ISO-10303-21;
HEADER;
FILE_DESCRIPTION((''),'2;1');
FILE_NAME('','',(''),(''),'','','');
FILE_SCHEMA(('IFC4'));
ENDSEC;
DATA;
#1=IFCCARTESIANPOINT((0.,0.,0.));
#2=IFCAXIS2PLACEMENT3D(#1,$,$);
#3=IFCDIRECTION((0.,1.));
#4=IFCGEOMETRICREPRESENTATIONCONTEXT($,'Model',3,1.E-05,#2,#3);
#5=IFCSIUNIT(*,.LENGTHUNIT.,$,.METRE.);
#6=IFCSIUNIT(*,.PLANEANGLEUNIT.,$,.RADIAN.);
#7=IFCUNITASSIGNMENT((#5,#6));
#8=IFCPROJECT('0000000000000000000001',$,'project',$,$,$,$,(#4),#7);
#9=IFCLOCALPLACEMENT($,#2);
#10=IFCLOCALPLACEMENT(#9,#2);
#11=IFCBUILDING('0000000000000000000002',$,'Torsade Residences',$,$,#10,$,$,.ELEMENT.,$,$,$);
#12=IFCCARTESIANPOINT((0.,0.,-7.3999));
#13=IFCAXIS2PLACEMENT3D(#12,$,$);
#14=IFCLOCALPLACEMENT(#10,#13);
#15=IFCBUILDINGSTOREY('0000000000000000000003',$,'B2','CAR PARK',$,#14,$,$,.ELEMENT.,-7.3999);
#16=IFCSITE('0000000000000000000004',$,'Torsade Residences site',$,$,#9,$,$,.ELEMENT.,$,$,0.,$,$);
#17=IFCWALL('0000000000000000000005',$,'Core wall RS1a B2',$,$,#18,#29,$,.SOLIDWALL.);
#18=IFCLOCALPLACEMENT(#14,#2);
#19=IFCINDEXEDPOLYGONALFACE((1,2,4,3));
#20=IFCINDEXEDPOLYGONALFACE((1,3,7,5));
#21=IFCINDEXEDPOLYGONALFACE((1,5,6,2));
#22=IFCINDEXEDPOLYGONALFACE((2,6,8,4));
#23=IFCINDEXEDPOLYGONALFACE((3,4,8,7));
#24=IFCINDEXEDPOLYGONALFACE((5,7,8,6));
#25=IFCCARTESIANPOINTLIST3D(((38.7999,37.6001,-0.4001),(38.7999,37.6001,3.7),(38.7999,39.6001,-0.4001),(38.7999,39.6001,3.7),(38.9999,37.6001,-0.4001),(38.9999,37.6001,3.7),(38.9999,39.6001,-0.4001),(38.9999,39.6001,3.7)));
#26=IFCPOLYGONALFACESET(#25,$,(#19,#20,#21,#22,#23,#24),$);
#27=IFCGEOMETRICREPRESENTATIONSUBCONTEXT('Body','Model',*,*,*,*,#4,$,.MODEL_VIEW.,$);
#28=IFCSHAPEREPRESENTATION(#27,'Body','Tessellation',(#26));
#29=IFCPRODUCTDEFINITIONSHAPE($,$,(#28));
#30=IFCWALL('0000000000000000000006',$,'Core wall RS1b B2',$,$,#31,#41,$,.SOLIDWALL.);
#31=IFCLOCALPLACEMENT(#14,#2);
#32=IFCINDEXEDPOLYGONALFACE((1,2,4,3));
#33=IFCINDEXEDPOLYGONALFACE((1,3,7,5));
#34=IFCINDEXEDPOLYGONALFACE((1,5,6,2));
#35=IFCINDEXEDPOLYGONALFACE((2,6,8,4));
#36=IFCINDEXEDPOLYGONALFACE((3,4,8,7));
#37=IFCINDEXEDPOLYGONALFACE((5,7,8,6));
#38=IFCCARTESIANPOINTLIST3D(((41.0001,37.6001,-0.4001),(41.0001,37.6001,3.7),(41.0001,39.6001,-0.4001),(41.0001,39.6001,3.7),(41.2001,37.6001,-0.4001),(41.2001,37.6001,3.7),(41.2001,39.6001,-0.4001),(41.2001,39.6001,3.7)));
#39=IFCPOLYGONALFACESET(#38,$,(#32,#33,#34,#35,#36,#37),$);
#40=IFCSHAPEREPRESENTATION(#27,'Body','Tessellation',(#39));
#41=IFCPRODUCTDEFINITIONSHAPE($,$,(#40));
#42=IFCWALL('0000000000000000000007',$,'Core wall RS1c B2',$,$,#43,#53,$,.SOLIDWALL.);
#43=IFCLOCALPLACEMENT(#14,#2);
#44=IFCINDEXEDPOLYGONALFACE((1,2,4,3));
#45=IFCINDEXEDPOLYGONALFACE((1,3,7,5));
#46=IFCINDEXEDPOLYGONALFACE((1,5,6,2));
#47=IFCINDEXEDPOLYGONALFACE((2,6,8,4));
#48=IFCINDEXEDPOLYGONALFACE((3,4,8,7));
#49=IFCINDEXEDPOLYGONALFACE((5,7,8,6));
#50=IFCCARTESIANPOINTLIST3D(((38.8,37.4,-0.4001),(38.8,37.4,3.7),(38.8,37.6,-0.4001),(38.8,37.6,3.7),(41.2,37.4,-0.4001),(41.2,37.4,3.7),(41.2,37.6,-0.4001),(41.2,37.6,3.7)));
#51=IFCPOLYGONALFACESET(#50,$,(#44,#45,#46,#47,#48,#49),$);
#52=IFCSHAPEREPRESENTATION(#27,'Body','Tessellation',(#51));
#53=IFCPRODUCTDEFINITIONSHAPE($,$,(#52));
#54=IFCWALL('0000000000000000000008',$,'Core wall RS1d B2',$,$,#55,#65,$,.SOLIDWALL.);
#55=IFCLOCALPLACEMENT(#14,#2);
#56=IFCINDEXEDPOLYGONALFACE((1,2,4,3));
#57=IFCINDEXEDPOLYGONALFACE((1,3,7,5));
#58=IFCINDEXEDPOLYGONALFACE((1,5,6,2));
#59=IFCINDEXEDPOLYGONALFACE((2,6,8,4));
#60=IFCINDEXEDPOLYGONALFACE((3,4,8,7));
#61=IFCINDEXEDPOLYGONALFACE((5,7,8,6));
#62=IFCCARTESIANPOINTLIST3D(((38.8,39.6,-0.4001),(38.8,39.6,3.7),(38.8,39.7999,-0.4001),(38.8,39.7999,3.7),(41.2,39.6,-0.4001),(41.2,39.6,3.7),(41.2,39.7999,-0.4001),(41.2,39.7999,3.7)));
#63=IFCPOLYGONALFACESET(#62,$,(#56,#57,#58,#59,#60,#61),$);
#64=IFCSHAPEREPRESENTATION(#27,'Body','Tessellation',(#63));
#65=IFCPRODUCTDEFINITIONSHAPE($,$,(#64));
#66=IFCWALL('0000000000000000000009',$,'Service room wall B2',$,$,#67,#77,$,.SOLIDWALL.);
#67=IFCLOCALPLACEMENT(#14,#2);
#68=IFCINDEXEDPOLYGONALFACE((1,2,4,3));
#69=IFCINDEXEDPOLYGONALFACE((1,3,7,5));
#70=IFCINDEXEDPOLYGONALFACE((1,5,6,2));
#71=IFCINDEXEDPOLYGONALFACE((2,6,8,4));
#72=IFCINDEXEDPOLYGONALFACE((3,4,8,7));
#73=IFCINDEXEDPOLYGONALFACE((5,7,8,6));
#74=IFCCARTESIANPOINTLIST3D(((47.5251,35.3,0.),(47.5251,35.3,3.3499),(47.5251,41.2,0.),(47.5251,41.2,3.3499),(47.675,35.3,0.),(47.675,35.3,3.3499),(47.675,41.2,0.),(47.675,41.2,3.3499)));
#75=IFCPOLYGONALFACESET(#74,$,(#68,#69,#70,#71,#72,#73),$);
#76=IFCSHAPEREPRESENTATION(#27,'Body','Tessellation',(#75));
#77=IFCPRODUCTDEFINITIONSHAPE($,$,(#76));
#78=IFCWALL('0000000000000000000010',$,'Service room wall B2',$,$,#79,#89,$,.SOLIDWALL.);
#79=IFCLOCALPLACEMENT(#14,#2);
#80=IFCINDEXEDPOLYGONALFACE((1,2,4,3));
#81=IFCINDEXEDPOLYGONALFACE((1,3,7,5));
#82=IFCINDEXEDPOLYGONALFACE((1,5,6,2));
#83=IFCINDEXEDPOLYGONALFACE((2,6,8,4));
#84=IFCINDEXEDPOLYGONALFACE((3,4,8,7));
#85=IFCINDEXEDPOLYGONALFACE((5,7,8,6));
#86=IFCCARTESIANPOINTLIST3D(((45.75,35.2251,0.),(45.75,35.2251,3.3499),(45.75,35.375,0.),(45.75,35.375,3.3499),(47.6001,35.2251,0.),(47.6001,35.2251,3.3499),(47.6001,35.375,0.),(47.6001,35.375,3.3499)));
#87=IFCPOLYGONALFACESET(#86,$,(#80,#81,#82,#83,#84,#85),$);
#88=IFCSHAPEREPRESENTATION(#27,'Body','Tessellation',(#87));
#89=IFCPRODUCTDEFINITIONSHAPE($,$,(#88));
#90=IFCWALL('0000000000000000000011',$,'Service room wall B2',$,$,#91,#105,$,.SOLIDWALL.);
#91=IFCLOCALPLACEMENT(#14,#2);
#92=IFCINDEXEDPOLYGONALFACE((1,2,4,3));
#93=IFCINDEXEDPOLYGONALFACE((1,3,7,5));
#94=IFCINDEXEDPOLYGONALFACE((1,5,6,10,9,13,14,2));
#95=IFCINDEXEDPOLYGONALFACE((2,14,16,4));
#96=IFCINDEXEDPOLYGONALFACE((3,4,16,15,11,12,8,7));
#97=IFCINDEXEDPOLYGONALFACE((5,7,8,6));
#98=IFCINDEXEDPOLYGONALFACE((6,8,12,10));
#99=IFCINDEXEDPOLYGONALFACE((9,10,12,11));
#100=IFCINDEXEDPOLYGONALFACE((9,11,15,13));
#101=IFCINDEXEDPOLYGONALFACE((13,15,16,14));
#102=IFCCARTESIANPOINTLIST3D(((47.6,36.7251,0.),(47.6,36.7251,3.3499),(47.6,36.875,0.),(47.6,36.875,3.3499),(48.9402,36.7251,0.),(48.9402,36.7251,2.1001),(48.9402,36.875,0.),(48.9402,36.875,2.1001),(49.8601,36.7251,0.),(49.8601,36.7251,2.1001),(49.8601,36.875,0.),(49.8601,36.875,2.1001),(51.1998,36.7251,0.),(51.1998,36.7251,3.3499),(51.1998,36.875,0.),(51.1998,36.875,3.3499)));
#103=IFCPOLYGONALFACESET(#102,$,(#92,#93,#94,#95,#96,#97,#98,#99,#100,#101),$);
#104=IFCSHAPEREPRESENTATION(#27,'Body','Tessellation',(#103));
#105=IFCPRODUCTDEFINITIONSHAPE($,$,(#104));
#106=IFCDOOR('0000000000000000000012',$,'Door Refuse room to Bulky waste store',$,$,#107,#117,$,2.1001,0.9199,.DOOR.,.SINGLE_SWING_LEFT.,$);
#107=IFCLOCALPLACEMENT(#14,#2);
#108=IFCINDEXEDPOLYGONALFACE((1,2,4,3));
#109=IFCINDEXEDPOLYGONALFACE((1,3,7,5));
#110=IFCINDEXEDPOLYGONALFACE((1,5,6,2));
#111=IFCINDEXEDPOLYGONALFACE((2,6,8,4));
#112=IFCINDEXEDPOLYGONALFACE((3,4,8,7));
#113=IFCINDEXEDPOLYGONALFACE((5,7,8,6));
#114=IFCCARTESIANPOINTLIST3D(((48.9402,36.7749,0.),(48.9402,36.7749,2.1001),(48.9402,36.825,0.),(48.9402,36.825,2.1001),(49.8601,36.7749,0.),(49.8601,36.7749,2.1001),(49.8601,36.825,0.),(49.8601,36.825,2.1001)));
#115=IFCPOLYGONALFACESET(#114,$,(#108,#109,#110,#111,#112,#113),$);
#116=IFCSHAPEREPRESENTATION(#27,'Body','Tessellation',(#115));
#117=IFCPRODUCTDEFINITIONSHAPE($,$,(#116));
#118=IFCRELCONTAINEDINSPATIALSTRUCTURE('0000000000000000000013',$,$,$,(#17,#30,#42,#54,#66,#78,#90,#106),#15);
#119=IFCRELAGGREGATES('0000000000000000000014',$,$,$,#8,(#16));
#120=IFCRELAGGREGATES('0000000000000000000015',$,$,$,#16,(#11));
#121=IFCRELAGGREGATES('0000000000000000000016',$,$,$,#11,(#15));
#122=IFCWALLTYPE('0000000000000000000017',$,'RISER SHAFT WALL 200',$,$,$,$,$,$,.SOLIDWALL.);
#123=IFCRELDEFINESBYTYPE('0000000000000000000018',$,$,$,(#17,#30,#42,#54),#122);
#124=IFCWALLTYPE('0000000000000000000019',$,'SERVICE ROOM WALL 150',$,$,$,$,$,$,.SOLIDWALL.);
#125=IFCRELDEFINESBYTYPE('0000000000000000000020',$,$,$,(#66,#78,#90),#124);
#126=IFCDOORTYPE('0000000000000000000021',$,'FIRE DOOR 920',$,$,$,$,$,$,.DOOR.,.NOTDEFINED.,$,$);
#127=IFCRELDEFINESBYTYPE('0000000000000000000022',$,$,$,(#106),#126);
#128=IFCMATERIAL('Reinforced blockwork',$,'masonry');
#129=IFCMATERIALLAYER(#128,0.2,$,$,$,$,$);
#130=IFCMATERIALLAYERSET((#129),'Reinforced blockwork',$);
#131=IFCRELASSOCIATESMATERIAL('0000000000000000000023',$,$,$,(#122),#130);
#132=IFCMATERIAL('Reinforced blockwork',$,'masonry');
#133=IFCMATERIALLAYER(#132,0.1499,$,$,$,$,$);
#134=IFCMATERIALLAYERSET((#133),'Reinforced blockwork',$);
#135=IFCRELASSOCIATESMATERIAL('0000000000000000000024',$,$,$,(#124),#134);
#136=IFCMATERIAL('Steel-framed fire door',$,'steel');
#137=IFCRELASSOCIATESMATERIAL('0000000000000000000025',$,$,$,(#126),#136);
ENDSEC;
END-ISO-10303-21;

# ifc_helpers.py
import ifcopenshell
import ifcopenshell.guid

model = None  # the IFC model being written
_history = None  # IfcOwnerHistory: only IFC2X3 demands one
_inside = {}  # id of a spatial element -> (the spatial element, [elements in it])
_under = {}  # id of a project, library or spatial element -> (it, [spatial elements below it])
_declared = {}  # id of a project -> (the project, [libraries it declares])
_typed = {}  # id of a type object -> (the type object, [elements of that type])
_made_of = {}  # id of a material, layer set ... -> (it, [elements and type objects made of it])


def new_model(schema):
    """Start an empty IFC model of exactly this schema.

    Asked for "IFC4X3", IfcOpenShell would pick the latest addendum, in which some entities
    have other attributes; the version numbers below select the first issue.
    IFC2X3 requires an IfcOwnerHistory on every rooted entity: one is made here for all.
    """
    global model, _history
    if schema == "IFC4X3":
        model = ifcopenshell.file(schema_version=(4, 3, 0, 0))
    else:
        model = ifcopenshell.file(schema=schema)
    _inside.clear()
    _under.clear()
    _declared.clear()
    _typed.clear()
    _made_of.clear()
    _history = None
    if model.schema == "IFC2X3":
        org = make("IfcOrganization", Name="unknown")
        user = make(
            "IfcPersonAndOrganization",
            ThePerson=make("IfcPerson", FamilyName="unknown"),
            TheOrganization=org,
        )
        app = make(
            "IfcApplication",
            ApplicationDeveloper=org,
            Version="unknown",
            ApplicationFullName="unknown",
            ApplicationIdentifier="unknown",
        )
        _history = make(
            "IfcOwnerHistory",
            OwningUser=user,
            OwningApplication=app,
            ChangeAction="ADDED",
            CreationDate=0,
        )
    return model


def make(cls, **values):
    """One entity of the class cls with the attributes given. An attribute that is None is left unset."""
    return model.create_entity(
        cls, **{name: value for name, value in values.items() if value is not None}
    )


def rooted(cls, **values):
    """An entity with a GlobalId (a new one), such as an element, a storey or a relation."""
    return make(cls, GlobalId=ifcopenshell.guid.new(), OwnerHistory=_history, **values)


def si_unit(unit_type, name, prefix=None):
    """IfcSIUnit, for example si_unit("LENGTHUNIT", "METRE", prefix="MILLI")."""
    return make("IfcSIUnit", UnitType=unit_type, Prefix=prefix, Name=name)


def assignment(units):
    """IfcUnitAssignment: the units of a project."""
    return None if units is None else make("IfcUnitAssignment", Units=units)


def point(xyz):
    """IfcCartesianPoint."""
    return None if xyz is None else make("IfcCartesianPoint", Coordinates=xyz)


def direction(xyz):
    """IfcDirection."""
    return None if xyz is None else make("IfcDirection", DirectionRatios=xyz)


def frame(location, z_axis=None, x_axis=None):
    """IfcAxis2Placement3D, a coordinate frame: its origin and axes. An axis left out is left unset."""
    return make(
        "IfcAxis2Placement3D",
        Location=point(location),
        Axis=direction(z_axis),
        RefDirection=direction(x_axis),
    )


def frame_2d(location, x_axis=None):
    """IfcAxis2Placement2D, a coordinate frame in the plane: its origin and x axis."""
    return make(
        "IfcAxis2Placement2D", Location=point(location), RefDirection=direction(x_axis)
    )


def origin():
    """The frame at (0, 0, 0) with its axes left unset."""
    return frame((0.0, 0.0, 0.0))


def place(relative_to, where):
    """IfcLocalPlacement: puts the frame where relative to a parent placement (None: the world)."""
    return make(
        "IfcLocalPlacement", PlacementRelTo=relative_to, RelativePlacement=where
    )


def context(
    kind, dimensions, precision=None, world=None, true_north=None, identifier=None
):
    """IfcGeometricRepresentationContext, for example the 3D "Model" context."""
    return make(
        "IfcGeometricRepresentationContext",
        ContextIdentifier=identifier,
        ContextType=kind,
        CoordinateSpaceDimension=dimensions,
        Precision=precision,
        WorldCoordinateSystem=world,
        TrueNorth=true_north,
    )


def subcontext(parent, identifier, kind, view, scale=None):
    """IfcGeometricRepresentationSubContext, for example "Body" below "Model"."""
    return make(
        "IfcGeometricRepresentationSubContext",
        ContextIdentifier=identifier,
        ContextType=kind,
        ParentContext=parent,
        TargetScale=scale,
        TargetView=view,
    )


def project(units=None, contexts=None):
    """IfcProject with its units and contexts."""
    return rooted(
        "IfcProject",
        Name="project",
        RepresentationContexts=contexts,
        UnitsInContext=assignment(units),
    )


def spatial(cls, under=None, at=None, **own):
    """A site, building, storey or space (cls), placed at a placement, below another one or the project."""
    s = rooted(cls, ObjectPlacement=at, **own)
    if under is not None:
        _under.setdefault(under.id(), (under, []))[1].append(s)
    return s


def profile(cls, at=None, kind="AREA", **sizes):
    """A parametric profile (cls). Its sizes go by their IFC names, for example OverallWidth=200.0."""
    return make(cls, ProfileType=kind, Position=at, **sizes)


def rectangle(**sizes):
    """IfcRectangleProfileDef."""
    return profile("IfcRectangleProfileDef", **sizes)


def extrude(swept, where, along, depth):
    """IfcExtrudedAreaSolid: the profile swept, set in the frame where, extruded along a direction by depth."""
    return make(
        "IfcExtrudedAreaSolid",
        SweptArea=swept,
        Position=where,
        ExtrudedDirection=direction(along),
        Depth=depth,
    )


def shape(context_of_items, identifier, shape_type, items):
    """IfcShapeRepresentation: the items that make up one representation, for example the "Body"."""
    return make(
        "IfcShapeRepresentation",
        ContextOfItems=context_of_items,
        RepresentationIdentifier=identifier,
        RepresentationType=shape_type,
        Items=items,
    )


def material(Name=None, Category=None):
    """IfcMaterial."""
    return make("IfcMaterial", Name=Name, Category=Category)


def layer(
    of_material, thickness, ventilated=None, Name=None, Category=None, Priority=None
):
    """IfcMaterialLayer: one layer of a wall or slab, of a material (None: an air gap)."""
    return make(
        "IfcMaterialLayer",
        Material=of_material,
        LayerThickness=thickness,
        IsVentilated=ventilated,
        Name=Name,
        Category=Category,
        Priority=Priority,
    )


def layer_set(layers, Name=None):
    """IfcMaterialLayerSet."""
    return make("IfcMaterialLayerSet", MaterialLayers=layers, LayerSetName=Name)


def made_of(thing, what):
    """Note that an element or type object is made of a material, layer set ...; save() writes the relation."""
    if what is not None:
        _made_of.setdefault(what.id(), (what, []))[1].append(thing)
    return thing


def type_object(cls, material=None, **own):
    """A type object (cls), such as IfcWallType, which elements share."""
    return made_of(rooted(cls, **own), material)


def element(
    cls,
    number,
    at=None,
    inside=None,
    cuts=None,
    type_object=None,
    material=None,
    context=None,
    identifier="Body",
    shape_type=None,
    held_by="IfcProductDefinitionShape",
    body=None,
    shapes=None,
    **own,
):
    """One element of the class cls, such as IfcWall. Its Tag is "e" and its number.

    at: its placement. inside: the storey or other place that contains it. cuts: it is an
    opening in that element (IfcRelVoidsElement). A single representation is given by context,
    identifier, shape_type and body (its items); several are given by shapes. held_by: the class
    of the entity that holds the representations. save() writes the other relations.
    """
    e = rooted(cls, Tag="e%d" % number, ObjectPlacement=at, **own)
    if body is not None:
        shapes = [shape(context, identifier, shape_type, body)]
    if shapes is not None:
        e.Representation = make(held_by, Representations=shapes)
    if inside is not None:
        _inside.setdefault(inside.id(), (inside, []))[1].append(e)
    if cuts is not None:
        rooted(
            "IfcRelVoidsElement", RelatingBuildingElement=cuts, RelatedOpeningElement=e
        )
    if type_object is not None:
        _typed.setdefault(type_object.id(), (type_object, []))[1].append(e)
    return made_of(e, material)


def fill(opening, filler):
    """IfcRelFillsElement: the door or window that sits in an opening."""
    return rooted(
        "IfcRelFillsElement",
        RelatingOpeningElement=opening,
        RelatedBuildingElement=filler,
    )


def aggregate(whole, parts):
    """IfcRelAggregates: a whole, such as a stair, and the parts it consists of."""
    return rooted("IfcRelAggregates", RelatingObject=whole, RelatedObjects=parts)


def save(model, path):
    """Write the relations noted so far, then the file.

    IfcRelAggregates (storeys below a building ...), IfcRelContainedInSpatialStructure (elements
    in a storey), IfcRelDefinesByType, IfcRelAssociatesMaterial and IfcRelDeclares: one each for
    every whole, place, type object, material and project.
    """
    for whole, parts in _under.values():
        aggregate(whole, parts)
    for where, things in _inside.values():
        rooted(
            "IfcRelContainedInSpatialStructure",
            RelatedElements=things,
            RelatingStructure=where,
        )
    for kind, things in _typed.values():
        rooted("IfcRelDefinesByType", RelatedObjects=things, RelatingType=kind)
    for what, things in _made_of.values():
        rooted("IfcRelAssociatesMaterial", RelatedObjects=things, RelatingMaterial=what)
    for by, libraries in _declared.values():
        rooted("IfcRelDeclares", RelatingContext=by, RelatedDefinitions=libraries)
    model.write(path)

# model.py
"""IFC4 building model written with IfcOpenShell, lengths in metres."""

from ifc_helpers import new_model, si_unit, direction, frame, frame_2d, origin, place, context, subcontext, project, spatial, rectangle, extrude, material, layer, layer_set, type_object, element, fill, save


model = new_model("IFC4")

# Units and contexts
model_context = context("Model", 3, precision=1e-05, world=origin(), true_north=direction((0.0, 1.0)))
body_context = subcontext(model_context, "Body", "Model", "MODEL_VIEW")
ifc_project = project(units=[si_unit("LENGTHUNIT", "METRE"), si_unit("PLANEANGLEUNIT", "RADIAN")], contexts=[model_context])

# Site, building, storey
site_placement = place(None, origin())
site = spatial("IfcSite", under=ifc_project, at=site_placement, Name="Torsade Residences site", CompositionType="ELEMENT", RefElevation=0.0)
building_placement = place(site_placement, origin())
building = spatial("IfcBuilding", under=site, at=building_placement, Name="Torsade Residences", CompositionType="ELEMENT")
storey_placement = place(building_placement, frame((0.0, 0.0, -7.3999)))
storey = spatial("IfcBuildingStorey", under=building, at=storey_placement, Name="B2", Description="CAR PARK", CompositionType="ELEMENT", Elevation=-7.3999)

# Walls
ifc_material_1 = material(Name="Reinforced blockwork", Category="masonry")
ifc_layer_1 = layer(ifc_material_1, 0.2)
ifc_layer_set_1 = layer_set([ifc_layer_1], Name="Reinforced blockwork")
wall_type_1 = type_object("IfcWallType", Name="RISER SHAFT WALL 200", PredefinedType="SOLIDWALL", material=ifc_layer_set_1)
for number, where, z_axis, x_axis, name in (
    (1, (38.8999, 37.6001, -0.4001), (0.0, 0.0, 1.0), (0.0, 1.0, 0.0), "Core wall RS1a B2"),
    (2, (41.1001, 37.6001, -0.4001), (0.0, 0.0, 1.0), (0.0, 1.0, 0.0), "Core wall RS1b B2"),
):
    element("IfcWall", number, at=place(storey_placement, frame(where, z_axis=z_axis, x_axis=x_axis)), inside=storey, type_object=wall_type_1, Name=name, PredefinedType="SOLIDWALL", context=body_context, shape_type="SweptSolid", body=[
        extrude(rectangle(XDim=2.0, YDim=0.2, at=frame_2d((1.0, 0.0))), origin(), (0.0, 0.0, 1.0), 4.1001),
    ])
for number, where, z_axis, x_axis, name in (
    (3, (38.8, 37.5, -0.4001), (0.0, 0.0, 1.0), (1.0, 0.0, 0.0), "Core wall RS1c B2"),
    (4, (38.8, 39.7, -0.4001), (0.0, 0.0, 1.0), (1.0, 0.0, 0.0), "Core wall RS1d B2"),
):
    element("IfcWall", number, at=place(storey_placement, frame(where, z_axis=z_axis, x_axis=x_axis)), inside=storey, type_object=wall_type_1, Name=name, PredefinedType="SOLIDWALL", context=body_context, shape_type="SweptSolid", body=[
        extrude(rectangle(XDim=2.3999, YDim=0.2, at=frame_2d((1.2, 0.0))), origin(), (0.0, 0.0, 1.0), 4.1001),
    ])
ifc_material_2 = material(Name="Reinforced blockwork", Category="masonry")
ifc_layer_2 = layer(ifc_material_2, 0.1499)
ifc_layer_set_2 = layer_set([ifc_layer_2], Name="Reinforced blockwork")
wall_type_2 = type_object("IfcWallType", Name="SERVICE ROOM WALL 150", PredefinedType="SOLIDWALL", material=ifc_layer_set_2)
wall_1_placement = place(storey_placement, frame((47.6001, 41.2, 0.0), z_axis=(0.0, 0.0, 1.0), x_axis=(0.0, -1.0, 0.0)))
element("IfcWall", 5, at=wall_1_placement, inside=storey, type_object=wall_type_2, Name="Service room wall B2", PredefinedType="SOLIDWALL", context=body_context, shape_type="SweptSolid", body=[
    extrude(rectangle(XDim=5.8999, YDim=0.1499, at=frame_2d((2.95, 0.0))), origin(), (0.0, 0.0, 1.0), 3.3499),
])
wall_2_placement = place(storey_placement, frame((47.6001, 35.3, 0.0), z_axis=(0.0, 0.0, 1.0), x_axis=(-1.0, 0.0, 0.0)))
element("IfcWall", 6, at=wall_2_placement, inside=storey, type_object=wall_type_2, Name="Service room wall B2", PredefinedType="SOLIDWALL", context=body_context, shape_type="SweptSolid", body=[
    extrude(rectangle(XDim=1.8501, YDim=0.1499, at=frame_2d((0.925, 0.0))), origin(), (0.0, 0.0, 1.0), 3.3499),
])

# Wall, opening, door
wall_3_placement = place(storey_placement, frame((47.6001, 36.8, 0.0), z_axis=(0.0, 0.0, 1.0), x_axis=(1.0, 0.0, 0.0)))
wall_3 = element("IfcWall", 7, at=wall_3_placement, inside=storey, type_object=wall_type_2, Name="Service room wall B2", PredefinedType="SOLIDWALL", context=body_context, shape_type="SweptSolid", body=[
    extrude(rectangle(XDim=3.5999, YDim=0.1499, at=frame_2d((1.7998, 0.0))), origin(), (0.0, 0.0, 1.0), 3.3499),
])
opening_placement = place(wall_3_placement, frame((1.3401, 0.0, 0.0)))
opening = element("IfcOpeningElement", 8, at=opening_placement, cuts=wall_3, PredefinedType="OPENING", context=body_context, shape_type="SweptSolid", body=[
    extrude(rectangle(XDim=0.9199, YDim=2.1001, at=frame_2d((0.46, 1.05))), frame((0.0, 0.085, 0.0), z_axis=(0.0, -1.0, 0.0), x_axis=(1.0, 0.0, 0.0)), (0.0, 0.0, 1.0), 0.1699),
])
ifc_material_3 = material(Name="Steel-framed fire door", Category="steel")
door_type = type_object("IfcDoorType", Name="FIRE DOOR 920", OperationType="NOTDEFINED", PredefinedType="DOOR", material=ifc_material_3)
door_placement = place(opening_placement, origin())
door = element("IfcDoor", 9, at=door_placement, inside=storey, type_object=door_type, Name="Door Refuse room to Bulky waste store", OperationType="SINGLE_SWING_LEFT", OverallHeight=2.1001, OverallWidth=0.9199, PredefinedType="DOOR", context=body_context, shape_type="SweptSolid", body=[
    extrude(rectangle(XDim=0.9199, YDim=2.1001, at=frame_2d((0.46, 1.05))), frame((0.0, 0.0249, 0.0), z_axis=(0.0, -1.0, 0.0), x_axis=(1.0, 0.0, 0.0)), (0.0, 0.0, 1.0), 0.05),
])
fill(opening, door)

save(model, "model.ifc")
